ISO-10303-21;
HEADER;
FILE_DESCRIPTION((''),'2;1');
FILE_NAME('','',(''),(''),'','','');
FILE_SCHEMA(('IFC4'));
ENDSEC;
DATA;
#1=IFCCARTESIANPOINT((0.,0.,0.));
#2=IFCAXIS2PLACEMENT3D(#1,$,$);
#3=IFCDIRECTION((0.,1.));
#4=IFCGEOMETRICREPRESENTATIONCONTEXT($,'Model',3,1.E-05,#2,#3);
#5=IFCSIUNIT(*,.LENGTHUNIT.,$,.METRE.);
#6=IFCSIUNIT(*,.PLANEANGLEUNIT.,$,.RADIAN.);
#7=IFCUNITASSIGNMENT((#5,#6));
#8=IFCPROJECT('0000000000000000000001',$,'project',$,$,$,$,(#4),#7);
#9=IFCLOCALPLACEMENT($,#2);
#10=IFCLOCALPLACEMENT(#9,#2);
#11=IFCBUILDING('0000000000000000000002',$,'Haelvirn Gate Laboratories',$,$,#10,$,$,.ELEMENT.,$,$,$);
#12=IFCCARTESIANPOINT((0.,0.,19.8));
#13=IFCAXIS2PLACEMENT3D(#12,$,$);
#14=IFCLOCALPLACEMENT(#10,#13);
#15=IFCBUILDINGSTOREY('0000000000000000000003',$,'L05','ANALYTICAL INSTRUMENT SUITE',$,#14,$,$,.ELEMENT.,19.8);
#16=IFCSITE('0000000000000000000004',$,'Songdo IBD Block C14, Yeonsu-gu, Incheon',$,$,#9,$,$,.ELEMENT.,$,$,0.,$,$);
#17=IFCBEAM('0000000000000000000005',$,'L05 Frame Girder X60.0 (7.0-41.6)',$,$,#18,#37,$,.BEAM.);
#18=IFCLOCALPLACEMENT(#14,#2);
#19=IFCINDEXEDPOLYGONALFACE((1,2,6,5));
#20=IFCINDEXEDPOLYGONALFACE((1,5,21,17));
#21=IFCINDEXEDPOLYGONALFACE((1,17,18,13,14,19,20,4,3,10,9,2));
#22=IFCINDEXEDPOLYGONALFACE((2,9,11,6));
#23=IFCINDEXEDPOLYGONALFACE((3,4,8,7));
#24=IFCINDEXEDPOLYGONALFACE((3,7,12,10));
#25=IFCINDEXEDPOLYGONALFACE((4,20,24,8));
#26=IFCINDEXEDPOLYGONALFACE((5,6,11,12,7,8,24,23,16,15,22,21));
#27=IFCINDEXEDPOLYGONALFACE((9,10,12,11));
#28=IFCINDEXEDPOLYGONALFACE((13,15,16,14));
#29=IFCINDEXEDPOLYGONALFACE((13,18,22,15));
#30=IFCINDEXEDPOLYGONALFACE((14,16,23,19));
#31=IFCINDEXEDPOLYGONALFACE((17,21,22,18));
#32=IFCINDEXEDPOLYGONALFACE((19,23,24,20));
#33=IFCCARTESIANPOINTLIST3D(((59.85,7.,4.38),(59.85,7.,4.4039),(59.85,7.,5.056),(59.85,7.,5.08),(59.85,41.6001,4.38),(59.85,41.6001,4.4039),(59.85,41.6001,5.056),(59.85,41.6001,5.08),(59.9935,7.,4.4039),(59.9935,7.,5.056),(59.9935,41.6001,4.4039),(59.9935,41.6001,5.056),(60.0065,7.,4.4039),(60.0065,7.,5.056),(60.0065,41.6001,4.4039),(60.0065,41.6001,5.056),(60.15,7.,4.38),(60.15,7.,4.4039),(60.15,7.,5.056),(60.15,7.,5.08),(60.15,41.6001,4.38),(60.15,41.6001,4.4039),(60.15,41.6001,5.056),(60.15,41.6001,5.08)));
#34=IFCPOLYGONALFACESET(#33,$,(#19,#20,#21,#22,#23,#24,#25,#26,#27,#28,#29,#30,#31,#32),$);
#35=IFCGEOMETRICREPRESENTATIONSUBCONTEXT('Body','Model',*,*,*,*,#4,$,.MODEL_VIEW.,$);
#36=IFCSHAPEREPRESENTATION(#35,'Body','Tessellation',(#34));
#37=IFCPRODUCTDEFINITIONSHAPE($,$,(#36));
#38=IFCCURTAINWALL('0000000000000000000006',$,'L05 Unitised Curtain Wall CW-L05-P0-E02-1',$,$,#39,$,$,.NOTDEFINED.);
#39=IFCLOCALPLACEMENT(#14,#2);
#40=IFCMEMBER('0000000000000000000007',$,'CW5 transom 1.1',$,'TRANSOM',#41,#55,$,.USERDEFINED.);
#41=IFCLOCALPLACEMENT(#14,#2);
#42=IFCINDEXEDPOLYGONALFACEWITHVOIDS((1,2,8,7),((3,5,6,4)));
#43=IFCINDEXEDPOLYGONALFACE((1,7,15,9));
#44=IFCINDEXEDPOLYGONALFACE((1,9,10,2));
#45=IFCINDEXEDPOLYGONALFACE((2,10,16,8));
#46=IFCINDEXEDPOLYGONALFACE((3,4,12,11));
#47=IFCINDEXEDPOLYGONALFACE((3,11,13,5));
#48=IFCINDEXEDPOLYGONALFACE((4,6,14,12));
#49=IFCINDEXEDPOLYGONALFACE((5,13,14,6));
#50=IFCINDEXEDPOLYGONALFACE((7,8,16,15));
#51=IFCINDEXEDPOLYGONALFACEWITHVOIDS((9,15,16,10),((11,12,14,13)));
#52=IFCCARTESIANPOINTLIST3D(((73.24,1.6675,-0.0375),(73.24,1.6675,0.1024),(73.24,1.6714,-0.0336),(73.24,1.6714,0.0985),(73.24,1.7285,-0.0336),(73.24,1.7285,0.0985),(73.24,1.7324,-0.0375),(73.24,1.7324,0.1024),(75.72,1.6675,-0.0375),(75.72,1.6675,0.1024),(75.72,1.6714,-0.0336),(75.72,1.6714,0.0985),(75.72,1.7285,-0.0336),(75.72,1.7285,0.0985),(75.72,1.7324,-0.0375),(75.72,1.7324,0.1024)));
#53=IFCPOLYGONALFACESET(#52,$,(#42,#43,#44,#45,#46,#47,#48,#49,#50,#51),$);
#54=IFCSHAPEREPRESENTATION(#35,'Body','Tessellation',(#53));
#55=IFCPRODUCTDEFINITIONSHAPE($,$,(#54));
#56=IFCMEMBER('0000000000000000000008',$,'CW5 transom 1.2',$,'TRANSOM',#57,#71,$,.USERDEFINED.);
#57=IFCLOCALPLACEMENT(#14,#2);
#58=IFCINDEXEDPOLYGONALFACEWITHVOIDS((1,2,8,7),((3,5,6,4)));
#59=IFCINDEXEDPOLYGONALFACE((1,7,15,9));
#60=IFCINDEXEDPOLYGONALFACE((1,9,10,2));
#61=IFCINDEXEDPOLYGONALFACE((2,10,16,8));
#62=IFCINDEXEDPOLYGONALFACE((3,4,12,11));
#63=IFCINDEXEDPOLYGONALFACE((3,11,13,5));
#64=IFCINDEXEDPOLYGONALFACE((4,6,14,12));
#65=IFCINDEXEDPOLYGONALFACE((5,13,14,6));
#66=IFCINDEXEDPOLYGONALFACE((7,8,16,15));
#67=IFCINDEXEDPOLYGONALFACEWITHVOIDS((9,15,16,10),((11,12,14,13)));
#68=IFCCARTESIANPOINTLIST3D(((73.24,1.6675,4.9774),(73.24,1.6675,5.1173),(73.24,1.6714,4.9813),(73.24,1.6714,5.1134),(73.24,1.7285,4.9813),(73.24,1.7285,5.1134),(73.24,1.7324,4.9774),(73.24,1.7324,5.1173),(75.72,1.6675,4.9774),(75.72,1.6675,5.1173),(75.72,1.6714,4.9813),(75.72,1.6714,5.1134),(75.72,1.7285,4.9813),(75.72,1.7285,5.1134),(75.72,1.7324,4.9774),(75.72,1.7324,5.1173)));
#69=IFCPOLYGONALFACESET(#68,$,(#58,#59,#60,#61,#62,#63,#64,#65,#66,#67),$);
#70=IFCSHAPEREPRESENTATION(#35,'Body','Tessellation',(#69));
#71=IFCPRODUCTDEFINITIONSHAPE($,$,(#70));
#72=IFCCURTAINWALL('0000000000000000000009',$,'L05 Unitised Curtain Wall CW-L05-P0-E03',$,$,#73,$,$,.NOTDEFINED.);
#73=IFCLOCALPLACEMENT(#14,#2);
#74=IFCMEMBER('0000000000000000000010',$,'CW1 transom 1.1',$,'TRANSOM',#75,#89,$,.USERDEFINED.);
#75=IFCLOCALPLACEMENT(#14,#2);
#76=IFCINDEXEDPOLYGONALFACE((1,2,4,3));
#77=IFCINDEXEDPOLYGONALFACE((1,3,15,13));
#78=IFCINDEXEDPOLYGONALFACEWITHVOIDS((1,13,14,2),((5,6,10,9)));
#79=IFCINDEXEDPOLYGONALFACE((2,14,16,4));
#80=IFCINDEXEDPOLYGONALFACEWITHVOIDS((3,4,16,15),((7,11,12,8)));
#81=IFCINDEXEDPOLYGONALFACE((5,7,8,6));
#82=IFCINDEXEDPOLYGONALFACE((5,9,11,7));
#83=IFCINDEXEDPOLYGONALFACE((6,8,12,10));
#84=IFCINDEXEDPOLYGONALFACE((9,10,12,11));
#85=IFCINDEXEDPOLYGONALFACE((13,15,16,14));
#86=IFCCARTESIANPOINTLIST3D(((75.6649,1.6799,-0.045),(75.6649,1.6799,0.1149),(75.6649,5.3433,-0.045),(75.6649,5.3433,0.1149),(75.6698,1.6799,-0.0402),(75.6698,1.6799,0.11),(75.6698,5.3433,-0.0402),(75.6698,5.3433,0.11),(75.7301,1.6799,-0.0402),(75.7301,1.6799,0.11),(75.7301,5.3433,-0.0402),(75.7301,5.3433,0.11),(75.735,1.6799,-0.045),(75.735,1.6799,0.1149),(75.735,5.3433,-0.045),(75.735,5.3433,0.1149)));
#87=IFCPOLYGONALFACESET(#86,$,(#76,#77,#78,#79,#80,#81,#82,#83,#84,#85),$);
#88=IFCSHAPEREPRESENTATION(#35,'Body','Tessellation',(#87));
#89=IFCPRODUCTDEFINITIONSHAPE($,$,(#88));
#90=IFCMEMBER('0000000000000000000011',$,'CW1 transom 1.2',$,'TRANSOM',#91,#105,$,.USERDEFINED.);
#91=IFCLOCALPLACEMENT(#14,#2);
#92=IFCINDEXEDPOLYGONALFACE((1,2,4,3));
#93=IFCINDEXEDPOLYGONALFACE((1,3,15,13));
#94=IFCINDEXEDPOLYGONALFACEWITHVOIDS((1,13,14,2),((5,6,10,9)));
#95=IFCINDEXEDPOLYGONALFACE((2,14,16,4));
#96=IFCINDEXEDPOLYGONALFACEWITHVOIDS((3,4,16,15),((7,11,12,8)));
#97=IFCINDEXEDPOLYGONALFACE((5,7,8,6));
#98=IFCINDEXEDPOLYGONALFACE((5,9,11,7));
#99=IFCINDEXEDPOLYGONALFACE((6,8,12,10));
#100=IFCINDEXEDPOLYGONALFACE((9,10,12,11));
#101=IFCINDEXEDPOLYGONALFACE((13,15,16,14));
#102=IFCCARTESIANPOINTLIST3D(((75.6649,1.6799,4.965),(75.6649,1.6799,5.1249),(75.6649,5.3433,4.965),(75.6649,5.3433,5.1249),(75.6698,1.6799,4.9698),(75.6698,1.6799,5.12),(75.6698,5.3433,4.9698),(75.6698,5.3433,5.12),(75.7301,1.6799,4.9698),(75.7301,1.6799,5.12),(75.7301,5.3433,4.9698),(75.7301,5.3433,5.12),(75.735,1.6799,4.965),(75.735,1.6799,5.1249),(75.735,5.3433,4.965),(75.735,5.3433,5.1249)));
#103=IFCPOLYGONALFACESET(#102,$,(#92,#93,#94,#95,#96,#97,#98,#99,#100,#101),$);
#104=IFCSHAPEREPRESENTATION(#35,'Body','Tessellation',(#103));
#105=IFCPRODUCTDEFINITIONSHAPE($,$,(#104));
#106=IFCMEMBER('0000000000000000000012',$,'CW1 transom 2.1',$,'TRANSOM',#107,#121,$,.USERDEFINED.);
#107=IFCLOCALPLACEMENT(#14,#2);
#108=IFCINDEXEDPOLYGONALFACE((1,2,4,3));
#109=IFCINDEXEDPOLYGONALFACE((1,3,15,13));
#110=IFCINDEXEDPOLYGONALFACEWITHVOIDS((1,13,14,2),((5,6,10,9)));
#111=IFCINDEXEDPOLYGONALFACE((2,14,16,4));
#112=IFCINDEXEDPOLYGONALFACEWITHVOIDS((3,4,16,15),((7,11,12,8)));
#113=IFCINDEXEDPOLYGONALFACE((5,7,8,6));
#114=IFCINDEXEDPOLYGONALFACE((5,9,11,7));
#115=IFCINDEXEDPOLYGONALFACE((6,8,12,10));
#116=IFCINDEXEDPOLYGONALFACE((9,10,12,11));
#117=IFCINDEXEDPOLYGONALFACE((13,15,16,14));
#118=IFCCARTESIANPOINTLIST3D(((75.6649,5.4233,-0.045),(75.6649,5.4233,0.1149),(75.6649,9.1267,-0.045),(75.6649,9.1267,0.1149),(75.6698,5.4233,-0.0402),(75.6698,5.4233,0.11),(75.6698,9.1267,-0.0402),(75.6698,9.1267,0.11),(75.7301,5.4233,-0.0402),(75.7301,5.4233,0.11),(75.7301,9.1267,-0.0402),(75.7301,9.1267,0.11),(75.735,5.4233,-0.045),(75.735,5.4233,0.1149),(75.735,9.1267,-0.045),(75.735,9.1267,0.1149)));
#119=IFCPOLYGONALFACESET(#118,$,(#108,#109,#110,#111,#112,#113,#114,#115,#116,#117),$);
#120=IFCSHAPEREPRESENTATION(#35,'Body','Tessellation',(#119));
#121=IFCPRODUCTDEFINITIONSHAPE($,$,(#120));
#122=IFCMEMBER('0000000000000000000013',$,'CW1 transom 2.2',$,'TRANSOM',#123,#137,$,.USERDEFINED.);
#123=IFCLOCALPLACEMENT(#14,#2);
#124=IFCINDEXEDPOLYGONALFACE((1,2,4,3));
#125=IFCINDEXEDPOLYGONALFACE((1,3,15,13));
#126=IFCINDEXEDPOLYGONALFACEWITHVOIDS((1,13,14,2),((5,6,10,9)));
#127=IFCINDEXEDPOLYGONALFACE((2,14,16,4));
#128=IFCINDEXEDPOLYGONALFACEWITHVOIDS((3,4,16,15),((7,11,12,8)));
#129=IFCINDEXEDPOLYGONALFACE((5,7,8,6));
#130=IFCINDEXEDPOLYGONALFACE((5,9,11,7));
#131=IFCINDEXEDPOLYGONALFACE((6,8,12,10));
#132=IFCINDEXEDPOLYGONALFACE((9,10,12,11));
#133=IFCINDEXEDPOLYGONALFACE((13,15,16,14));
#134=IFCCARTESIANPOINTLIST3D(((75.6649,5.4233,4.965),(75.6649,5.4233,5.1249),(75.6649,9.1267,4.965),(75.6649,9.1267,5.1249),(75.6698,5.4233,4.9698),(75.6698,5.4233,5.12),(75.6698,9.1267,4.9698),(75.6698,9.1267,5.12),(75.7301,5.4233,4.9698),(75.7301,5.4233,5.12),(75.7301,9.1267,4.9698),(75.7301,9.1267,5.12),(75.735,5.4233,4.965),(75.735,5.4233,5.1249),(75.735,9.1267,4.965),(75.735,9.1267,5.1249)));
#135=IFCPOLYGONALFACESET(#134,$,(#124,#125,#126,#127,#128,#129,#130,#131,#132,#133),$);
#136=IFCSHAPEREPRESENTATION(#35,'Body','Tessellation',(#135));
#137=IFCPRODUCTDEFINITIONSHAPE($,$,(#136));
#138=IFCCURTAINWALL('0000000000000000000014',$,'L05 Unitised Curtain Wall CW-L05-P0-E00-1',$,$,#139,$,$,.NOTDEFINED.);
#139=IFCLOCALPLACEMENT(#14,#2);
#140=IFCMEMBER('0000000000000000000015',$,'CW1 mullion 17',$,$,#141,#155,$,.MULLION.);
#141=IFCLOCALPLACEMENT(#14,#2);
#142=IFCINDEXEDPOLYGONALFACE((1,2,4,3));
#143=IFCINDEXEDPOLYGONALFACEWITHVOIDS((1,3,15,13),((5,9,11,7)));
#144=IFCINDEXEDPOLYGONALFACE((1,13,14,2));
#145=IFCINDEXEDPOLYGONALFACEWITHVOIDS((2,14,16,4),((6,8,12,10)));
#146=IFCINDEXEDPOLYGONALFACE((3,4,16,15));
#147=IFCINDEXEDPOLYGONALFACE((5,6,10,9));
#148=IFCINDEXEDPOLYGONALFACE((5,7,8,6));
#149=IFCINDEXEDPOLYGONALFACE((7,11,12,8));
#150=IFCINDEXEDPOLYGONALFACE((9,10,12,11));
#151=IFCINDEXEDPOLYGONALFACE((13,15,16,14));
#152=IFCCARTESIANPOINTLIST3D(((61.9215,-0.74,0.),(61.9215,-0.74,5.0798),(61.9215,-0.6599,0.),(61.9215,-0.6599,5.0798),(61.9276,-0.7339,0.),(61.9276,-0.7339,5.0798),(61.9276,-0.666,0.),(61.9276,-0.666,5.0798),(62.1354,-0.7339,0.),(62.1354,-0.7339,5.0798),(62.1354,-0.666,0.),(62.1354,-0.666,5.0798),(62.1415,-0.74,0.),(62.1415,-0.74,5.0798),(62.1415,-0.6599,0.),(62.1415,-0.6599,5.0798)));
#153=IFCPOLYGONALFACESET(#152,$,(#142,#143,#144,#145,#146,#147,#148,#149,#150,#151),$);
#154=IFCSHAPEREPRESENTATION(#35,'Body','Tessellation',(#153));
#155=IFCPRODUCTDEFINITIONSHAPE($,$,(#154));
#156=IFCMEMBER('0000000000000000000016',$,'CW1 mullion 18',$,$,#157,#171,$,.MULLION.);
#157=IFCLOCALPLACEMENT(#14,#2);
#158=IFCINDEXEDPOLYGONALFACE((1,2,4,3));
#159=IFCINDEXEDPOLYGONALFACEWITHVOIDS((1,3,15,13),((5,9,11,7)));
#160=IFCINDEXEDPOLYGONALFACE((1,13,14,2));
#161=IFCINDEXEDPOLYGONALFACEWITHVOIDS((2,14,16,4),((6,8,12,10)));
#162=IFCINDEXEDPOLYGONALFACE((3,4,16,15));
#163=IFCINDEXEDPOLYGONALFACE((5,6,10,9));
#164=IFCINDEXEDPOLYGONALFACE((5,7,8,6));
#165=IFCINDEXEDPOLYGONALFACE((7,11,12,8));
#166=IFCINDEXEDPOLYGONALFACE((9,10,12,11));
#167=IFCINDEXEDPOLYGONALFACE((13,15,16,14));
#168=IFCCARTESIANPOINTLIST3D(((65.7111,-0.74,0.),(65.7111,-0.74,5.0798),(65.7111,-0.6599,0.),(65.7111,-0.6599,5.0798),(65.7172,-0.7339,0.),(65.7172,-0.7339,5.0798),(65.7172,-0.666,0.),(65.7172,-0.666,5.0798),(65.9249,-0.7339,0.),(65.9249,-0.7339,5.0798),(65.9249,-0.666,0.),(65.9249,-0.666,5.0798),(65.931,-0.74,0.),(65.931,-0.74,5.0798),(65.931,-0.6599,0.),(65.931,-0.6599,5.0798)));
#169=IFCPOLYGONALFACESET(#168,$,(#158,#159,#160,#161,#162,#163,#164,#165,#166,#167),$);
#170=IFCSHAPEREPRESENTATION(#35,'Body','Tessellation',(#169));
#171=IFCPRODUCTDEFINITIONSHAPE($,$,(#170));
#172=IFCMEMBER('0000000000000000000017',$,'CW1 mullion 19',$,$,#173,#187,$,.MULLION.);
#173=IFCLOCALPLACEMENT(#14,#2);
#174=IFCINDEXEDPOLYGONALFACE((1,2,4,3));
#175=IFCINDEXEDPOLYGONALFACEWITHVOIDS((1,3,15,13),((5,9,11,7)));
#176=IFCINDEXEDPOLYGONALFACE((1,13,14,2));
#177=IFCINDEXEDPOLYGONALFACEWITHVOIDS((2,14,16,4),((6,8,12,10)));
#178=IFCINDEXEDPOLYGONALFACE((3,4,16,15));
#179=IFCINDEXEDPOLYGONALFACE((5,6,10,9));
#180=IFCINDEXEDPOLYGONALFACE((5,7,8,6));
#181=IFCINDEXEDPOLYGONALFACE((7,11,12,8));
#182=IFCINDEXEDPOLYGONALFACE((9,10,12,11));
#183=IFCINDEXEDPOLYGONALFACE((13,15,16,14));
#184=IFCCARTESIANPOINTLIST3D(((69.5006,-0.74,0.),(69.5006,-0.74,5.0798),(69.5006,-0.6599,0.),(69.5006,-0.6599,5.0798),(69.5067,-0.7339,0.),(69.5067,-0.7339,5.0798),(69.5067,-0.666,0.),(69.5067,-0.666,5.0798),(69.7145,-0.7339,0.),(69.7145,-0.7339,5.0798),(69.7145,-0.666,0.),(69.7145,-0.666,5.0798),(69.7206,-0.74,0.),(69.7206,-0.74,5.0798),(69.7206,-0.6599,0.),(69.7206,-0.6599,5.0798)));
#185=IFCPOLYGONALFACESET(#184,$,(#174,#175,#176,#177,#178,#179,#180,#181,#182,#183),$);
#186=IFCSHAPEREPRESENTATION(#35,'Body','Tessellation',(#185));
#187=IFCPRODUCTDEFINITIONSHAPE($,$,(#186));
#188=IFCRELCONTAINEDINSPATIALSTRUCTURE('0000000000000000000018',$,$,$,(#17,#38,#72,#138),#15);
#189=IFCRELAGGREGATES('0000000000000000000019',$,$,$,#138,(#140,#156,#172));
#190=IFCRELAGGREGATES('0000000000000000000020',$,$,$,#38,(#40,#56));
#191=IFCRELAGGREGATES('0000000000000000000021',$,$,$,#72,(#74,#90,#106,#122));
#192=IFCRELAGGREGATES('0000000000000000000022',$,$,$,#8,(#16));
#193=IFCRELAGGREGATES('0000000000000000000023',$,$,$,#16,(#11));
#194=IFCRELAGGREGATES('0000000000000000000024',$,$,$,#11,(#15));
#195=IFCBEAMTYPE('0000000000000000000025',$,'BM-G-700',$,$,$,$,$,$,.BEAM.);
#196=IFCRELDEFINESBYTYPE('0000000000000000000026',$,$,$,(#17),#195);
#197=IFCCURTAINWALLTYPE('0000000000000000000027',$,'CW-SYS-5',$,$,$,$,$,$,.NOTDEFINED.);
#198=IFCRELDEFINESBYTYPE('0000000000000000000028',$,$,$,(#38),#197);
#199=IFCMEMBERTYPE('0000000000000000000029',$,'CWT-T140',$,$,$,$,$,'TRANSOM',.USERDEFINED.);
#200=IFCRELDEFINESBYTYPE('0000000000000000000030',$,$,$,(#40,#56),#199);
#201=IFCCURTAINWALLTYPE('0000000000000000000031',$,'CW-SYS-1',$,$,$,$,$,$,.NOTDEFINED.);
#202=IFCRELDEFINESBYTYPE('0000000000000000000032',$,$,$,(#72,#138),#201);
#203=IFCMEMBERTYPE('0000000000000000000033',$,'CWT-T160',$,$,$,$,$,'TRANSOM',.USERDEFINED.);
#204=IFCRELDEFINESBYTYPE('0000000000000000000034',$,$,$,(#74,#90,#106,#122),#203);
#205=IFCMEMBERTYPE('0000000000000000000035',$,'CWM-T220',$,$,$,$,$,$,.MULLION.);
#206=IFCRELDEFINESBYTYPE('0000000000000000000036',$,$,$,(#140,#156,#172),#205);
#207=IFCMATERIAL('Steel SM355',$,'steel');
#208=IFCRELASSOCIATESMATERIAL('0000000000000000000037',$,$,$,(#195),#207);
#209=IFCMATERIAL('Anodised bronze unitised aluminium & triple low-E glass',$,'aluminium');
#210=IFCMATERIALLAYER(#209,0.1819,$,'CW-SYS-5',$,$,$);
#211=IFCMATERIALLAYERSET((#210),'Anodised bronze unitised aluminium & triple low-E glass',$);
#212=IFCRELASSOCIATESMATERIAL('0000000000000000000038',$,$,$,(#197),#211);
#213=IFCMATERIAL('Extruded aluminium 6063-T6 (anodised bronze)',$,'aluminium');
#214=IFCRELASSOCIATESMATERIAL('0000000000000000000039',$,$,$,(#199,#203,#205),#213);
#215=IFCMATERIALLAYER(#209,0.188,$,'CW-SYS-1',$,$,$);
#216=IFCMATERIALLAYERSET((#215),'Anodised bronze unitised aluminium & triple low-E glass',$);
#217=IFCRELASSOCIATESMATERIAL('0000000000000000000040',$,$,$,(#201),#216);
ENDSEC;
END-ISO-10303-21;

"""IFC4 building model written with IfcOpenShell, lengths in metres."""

from ifc_helpers import new_model, si_unit, direction, frame, origin, origin_2d, place, context, subcontext, project, spatial, hollow_rectangle, i_section, extrude, source, transform, mapped, material, layer, layer_set, material_profile, profile_set, type_object, type_shapes, element, aggregate, save


model = new_model("IFC4")

# Units and contexts
model_context = context("Model", 3, precision=1e-05, world=origin(), true_north=direction((0.0, 1.0)))
body_context = subcontext(model_context, "Body", "Model", "MODEL_VIEW")
ifc_project = project(units=[si_unit("LENGTHUNIT", "METRE"), si_unit("PLANEANGLEUNIT", "RADIAN")], contexts=[model_context])

# Site, building, storey
site_placement = place(None, origin())
site = spatial("IfcSite", under=ifc_project, at=site_placement, Name="Songdo IBD Block C14, Yeonsu-gu, Incheon", CompositionType="ELEMENT", RefElevation=0.0)
building_placement = place(site_placement, origin())
building = spatial("IfcBuilding", under=site, at=building_placement, Name="Haelvirn Gate Laboratories", CompositionType="ELEMENT")
storey_placement = place(building_placement, frame((0.0, 0.0, 19.8)))
storey = spatial("IfcBuildingStorey", under=building, at=storey_placement, Name="L05", Description="ANALYTICAL INSTRUMENT SUITE", CompositionType="ELEMENT", Elevation=19.8)

# Beam
ifc_material_1 = material(Name="Steel SM355", Category="steel")
ifc_material_profile_1 = material_profile(ifc_material_1, i_section(OverallWidth=0.3, OverallDepth=0.7, WebThickness=0.0129, FlangeThickness=0.0239, at=origin_2d()), Name="H-700x300x13x24")
ifc_profile_set_1 = profile_set([ifc_material_profile_1], Name="Steel SM355")
beam_type_1 = type_object("IfcBeamType", Name="BM-G-700", PredefinedType="BEAM", material=ifc_profile_set_1)
shared_shape_1 = source(origin(), body_context, "Body", "SweptSolid", [
    extrude(i_section(OverallWidth=0.3, OverallDepth=0.7, WebThickness=0.0129, FlangeThickness=0.0239, at=origin_2d()), origin(), (0.0, 0.0, 1.0), 34.6001),
])
beam_1_placement = place(storey_placement, frame((60.0, 7.0, 4.73), z_axis=(0.0, 1.0, 0.0), x_axis=(-1.0, 0.0, 0.0)))
element("IfcBeam", 1, at=beam_1_placement, inside=storey, type_object=beam_type_1, Name="L05 Frame Girder X60.0 (7.0-41.6)", PredefinedType="BEAM", context=body_context, shape_type="MappedRepresentation", body=[
    mapped(shared_shape_1, transform((0.0, 0.0, 0.0), scale=1.0)),
])

# Curtain walls, members
ifc_material_2 = material(Name="Anodised bronze unitised aluminium & triple low-E glass", Category="aluminium")
ifc_layer_1 = layer(ifc_material_2, 0.1819, Name="CW-SYS-5")
ifc_layer_set_1 = layer_set([ifc_layer_1], Name="Anodised bronze unitised aluminium & triple low-E glass")
curtain_wall_type_1 = type_object("IfcCurtainWallType", Name="CW-SYS-5", PredefinedType="NOTDEFINED", material=ifc_layer_set_1)
curtain_wall_1_placement = place(storey_placement, origin())
curtain_wall_1 = element("IfcCurtainWall", 2, at=curtain_wall_1_placement, inside=storey, type_object=curtain_wall_type_1, Name="L05 Unitised Curtain Wall CW-L05-P0-E02-1", PredefinedType="NOTDEFINED")
ifc_material_3 = material(Name="Extruded aluminium 6063-T6 (anodised bronze)", Category="aluminium")
ifc_material_profile_2 = material_profile(ifc_material_3, hollow_rectangle(XDim=0.0649, YDim=0.1399, WallThickness=0.0039, at=origin_2d()), Name="CWT-140x65x4")
ifc_profile_set_2 = profile_set([ifc_material_profile_2], Name="Extruded aluminium 6063-T6 (anodised bronze)")
member_type_1 = type_object("IfcMemberType", Name="CWT-T140", ElementType="TRANSOM", PredefinedType="USERDEFINED", material=ifc_profile_set_2)
shared_shape_2 = source(origin(), body_context, "Body", "SweptSolid", [
    extrude(hollow_rectangle(XDim=0.0649, YDim=0.1399, WallThickness=0.0039, at=origin_2d()), origin(), (0.0, 0.0, 1.0), 2.48),
])
type_shapes(member_type_1, [shared_shape_2])
member_1_placement = place(storey_placement, frame((73.24, 1.7, 0.0325), z_axis=(1.0, 0.0, 0.0), x_axis=(0.0, 1.0, 0.0)))
member_1 = element("IfcMember", 3, at=member_1_placement, type_object=member_type_1, Name="CW5 transom 1.1", ObjectType="TRANSOM", PredefinedType="USERDEFINED", context=body_context, shape_type="MappedRepresentation", body=[
    mapped(shared_shape_2, transform((0.0, 0.0, 0.0), scale=1.0)),
])
member_2_placement = place(storey_placement, frame((73.24, 1.7, 5.0474), z_axis=(1.0, 0.0, 0.0), x_axis=(0.0, 1.0, 0.0)))
member_2 = element("IfcMember", 4, at=member_2_placement, type_object=member_type_1, Name="CW5 transom 1.2", ObjectType="TRANSOM", PredefinedType="USERDEFINED", context=body_context, shape_type="MappedRepresentation", body=[
    mapped(shared_shape_2, transform((0.0, 0.0, 0.0), scale=1.0)),
])
ifc_layer_2 = layer(ifc_material_2, 0.188, Name="CW-SYS-1")
ifc_layer_set_2 = layer_set([ifc_layer_2], Name="Anodised bronze unitised aluminium & triple low-E glass")
curtain_wall_type_2 = type_object("IfcCurtainWallType", Name="CW-SYS-1", PredefinedType="NOTDEFINED", material=ifc_layer_set_2)
curtain_wall_2_placement = place(storey_placement, origin())
curtain_wall_2 = element("IfcCurtainWall", 5, at=curtain_wall_2_placement, inside=storey, type_object=curtain_wall_type_2, Name="L05 Unitised Curtain Wall CW-L05-P0-E03", PredefinedType="NOTDEFINED")
ifc_material_profile_3 = material_profile(ifc_material_3, hollow_rectangle(XDim=0.0701, YDim=0.1599, WallThickness=0.0049, at=origin_2d()), Name="CWT-160x70x5")
ifc_profile_set_3 = profile_set([ifc_material_profile_3], Name="Extruded aluminium 6063-T6 (anodised bronze)")
member_type_2 = type_object("IfcMemberType", Name="CWT-T160", ElementType="TRANSOM", PredefinedType="USERDEFINED", material=ifc_profile_set_3)
shared_shape_3 = source(origin(), body_context, "Body", "SweptSolid", [
    extrude(hollow_rectangle(XDim=0.0701, YDim=0.1599, WallThickness=0.0049, at=origin_2d()), origin(), (0.0, 0.0, 1.0), 3.6633),
])
member_3_placement = place(storey_placement, frame((75.7, 1.6799, 0.0349), z_axis=(0.0, 1.0, 0.0), x_axis=(-1.0, 0.0, 0.0)))
member_3 = element("IfcMember", 6, at=member_3_placement, type_object=member_type_2, Name="CW1 transom 1.1", ObjectType="TRANSOM", PredefinedType="USERDEFINED", context=body_context, shape_type="MappedRepresentation", body=[
    mapped(shared_shape_3, transform((0.0, 0.0, 0.0), scale=1.0)),
])
member_4_placement = place(storey_placement, frame((75.7, 1.6799, 5.0449), z_axis=(0.0, 1.0, 0.0), x_axis=(-1.0, 0.0, 0.0)))
member_4 = element("IfcMember", 7, at=member_4_placement, type_object=member_type_2, Name="CW1 transom 1.2", ObjectType="TRANSOM", PredefinedType="USERDEFINED", context=body_context, shape_type="MappedRepresentation", body=[
    mapped(shared_shape_3, transform((0.0, 0.0, 0.0), scale=1.0)),
])
shared_shape_4 = source(origin(), body_context, "Body", "SweptSolid", [
    extrude(hollow_rectangle(XDim=0.0701, YDim=0.1599, WallThickness=0.0049, at=origin_2d()), origin(), (0.0, 0.0, 1.0), 3.7034),
])
member_5_placement = place(storey_placement, frame((75.7, 5.4233, 0.0349), z_axis=(0.0, 1.0, 0.0), x_axis=(-1.0, 0.0, 0.0)))
member_5 = element("IfcMember", 8, at=member_5_placement, type_object=member_type_2, Name="CW1 transom 2.1", ObjectType="TRANSOM", PredefinedType="USERDEFINED", context=body_context, shape_type="MappedRepresentation", body=[
    mapped(shared_shape_4, transform((0.0, 0.0, 0.0), scale=1.0)),
])
member_6_placement = place(storey_placement, frame((75.7, 5.4233, 5.0449), z_axis=(0.0, 1.0, 0.0), x_axis=(-1.0, 0.0, 0.0)))
member_6 = element("IfcMember", 9, at=member_6_placement, type_object=member_type_2, Name="CW1 transom 2.2", ObjectType="TRANSOM", PredefinedType="USERDEFINED", context=body_context, shape_type="MappedRepresentation", body=[
    mapped(shared_shape_4, transform((0.0, 0.0, 0.0), scale=1.0)),
])
curtain_wall_3_placement = place(storey_placement, origin())
curtain_wall_3 = element("IfcCurtainWall", 10, at=curtain_wall_3_placement, inside=storey, type_object=curtain_wall_type_2, Name="L05 Unitised Curtain Wall CW-L05-P0-E00-1", PredefinedType="NOTDEFINED")
ifc_material_profile_4 = material_profile(ifc_material_3, hollow_rectangle(XDim=0.0801, YDim=0.22, WallThickness=0.0061, at=origin_2d()), Name="CWM-220x80x6")
ifc_profile_set_4 = profile_set([ifc_material_profile_4], Name="Extruded aluminium 6063-T6 (anodised bronze)")
member_type_3 = type_object("IfcMemberType", Name="CWM-T220", PredefinedType="MULLION", material=ifc_profile_set_4)
shared_shape_5 = source(origin(), body_context, "Body", "SweptSolid", [
    extrude(hollow_rectangle(XDim=0.0801, YDim=0.22, WallThickness=0.0061, at=origin_2d()), origin(), (0.0, 0.0, 1.0), 5.0798),
])
type_shapes(member_type_3, [shared_shape_5])
member_7_placement = place(storey_placement, frame((62.0315, -0.7, 0.0), z_axis=(0.0, 0.0, 1.0), x_axis=(0.0, 1.0, 0.0)))
member_7 = element("IfcMember", 11, at=member_7_placement, type_object=member_type_3, Name="CW1 mullion 17", PredefinedType="MULLION", context=body_context, shape_type="MappedRepresentation", body=[
    mapped(shared_shape_5, transform((0.0, 0.0, 0.0), scale=1.0)),
])
member_8_placement = place(storey_placement, frame((65.821, -0.7, 0.0), z_axis=(0.0, 0.0, 1.0), x_axis=(0.0, 1.0, 0.0)))
member_8 = element("IfcMember", 12, at=member_8_placement, type_object=member_type_3, Name="CW1 mullion 18", PredefinedType="MULLION", context=body_context, shape_type="MappedRepresentation", body=[
    mapped(shared_shape_5, transform((0.0, 0.0, 0.0), scale=1.0)),
])
member_9_placement = place(storey_placement, frame((69.6106, -0.7, 0.0), z_axis=(0.0, 0.0, 1.0), x_axis=(0.0, 1.0, 0.0)))
member_9 = element("IfcMember", 13, at=member_9_placement, type_object=member_type_3, Name="CW1 mullion 19", PredefinedType="MULLION", context=body_context, shape_type="MappedRepresentation", body=[
    mapped(shared_shape_5, transform((0.0, 0.0, 0.0), scale=1.0)),
])

aggregate(curtain_wall_3, [member_7, member_8, member_9])
aggregate(curtain_wall_1, [member_1, member_2])
aggregate(curtain_wall_2, [member_3, member_4, member_5, member_6])

save(model, "model.ifc")
